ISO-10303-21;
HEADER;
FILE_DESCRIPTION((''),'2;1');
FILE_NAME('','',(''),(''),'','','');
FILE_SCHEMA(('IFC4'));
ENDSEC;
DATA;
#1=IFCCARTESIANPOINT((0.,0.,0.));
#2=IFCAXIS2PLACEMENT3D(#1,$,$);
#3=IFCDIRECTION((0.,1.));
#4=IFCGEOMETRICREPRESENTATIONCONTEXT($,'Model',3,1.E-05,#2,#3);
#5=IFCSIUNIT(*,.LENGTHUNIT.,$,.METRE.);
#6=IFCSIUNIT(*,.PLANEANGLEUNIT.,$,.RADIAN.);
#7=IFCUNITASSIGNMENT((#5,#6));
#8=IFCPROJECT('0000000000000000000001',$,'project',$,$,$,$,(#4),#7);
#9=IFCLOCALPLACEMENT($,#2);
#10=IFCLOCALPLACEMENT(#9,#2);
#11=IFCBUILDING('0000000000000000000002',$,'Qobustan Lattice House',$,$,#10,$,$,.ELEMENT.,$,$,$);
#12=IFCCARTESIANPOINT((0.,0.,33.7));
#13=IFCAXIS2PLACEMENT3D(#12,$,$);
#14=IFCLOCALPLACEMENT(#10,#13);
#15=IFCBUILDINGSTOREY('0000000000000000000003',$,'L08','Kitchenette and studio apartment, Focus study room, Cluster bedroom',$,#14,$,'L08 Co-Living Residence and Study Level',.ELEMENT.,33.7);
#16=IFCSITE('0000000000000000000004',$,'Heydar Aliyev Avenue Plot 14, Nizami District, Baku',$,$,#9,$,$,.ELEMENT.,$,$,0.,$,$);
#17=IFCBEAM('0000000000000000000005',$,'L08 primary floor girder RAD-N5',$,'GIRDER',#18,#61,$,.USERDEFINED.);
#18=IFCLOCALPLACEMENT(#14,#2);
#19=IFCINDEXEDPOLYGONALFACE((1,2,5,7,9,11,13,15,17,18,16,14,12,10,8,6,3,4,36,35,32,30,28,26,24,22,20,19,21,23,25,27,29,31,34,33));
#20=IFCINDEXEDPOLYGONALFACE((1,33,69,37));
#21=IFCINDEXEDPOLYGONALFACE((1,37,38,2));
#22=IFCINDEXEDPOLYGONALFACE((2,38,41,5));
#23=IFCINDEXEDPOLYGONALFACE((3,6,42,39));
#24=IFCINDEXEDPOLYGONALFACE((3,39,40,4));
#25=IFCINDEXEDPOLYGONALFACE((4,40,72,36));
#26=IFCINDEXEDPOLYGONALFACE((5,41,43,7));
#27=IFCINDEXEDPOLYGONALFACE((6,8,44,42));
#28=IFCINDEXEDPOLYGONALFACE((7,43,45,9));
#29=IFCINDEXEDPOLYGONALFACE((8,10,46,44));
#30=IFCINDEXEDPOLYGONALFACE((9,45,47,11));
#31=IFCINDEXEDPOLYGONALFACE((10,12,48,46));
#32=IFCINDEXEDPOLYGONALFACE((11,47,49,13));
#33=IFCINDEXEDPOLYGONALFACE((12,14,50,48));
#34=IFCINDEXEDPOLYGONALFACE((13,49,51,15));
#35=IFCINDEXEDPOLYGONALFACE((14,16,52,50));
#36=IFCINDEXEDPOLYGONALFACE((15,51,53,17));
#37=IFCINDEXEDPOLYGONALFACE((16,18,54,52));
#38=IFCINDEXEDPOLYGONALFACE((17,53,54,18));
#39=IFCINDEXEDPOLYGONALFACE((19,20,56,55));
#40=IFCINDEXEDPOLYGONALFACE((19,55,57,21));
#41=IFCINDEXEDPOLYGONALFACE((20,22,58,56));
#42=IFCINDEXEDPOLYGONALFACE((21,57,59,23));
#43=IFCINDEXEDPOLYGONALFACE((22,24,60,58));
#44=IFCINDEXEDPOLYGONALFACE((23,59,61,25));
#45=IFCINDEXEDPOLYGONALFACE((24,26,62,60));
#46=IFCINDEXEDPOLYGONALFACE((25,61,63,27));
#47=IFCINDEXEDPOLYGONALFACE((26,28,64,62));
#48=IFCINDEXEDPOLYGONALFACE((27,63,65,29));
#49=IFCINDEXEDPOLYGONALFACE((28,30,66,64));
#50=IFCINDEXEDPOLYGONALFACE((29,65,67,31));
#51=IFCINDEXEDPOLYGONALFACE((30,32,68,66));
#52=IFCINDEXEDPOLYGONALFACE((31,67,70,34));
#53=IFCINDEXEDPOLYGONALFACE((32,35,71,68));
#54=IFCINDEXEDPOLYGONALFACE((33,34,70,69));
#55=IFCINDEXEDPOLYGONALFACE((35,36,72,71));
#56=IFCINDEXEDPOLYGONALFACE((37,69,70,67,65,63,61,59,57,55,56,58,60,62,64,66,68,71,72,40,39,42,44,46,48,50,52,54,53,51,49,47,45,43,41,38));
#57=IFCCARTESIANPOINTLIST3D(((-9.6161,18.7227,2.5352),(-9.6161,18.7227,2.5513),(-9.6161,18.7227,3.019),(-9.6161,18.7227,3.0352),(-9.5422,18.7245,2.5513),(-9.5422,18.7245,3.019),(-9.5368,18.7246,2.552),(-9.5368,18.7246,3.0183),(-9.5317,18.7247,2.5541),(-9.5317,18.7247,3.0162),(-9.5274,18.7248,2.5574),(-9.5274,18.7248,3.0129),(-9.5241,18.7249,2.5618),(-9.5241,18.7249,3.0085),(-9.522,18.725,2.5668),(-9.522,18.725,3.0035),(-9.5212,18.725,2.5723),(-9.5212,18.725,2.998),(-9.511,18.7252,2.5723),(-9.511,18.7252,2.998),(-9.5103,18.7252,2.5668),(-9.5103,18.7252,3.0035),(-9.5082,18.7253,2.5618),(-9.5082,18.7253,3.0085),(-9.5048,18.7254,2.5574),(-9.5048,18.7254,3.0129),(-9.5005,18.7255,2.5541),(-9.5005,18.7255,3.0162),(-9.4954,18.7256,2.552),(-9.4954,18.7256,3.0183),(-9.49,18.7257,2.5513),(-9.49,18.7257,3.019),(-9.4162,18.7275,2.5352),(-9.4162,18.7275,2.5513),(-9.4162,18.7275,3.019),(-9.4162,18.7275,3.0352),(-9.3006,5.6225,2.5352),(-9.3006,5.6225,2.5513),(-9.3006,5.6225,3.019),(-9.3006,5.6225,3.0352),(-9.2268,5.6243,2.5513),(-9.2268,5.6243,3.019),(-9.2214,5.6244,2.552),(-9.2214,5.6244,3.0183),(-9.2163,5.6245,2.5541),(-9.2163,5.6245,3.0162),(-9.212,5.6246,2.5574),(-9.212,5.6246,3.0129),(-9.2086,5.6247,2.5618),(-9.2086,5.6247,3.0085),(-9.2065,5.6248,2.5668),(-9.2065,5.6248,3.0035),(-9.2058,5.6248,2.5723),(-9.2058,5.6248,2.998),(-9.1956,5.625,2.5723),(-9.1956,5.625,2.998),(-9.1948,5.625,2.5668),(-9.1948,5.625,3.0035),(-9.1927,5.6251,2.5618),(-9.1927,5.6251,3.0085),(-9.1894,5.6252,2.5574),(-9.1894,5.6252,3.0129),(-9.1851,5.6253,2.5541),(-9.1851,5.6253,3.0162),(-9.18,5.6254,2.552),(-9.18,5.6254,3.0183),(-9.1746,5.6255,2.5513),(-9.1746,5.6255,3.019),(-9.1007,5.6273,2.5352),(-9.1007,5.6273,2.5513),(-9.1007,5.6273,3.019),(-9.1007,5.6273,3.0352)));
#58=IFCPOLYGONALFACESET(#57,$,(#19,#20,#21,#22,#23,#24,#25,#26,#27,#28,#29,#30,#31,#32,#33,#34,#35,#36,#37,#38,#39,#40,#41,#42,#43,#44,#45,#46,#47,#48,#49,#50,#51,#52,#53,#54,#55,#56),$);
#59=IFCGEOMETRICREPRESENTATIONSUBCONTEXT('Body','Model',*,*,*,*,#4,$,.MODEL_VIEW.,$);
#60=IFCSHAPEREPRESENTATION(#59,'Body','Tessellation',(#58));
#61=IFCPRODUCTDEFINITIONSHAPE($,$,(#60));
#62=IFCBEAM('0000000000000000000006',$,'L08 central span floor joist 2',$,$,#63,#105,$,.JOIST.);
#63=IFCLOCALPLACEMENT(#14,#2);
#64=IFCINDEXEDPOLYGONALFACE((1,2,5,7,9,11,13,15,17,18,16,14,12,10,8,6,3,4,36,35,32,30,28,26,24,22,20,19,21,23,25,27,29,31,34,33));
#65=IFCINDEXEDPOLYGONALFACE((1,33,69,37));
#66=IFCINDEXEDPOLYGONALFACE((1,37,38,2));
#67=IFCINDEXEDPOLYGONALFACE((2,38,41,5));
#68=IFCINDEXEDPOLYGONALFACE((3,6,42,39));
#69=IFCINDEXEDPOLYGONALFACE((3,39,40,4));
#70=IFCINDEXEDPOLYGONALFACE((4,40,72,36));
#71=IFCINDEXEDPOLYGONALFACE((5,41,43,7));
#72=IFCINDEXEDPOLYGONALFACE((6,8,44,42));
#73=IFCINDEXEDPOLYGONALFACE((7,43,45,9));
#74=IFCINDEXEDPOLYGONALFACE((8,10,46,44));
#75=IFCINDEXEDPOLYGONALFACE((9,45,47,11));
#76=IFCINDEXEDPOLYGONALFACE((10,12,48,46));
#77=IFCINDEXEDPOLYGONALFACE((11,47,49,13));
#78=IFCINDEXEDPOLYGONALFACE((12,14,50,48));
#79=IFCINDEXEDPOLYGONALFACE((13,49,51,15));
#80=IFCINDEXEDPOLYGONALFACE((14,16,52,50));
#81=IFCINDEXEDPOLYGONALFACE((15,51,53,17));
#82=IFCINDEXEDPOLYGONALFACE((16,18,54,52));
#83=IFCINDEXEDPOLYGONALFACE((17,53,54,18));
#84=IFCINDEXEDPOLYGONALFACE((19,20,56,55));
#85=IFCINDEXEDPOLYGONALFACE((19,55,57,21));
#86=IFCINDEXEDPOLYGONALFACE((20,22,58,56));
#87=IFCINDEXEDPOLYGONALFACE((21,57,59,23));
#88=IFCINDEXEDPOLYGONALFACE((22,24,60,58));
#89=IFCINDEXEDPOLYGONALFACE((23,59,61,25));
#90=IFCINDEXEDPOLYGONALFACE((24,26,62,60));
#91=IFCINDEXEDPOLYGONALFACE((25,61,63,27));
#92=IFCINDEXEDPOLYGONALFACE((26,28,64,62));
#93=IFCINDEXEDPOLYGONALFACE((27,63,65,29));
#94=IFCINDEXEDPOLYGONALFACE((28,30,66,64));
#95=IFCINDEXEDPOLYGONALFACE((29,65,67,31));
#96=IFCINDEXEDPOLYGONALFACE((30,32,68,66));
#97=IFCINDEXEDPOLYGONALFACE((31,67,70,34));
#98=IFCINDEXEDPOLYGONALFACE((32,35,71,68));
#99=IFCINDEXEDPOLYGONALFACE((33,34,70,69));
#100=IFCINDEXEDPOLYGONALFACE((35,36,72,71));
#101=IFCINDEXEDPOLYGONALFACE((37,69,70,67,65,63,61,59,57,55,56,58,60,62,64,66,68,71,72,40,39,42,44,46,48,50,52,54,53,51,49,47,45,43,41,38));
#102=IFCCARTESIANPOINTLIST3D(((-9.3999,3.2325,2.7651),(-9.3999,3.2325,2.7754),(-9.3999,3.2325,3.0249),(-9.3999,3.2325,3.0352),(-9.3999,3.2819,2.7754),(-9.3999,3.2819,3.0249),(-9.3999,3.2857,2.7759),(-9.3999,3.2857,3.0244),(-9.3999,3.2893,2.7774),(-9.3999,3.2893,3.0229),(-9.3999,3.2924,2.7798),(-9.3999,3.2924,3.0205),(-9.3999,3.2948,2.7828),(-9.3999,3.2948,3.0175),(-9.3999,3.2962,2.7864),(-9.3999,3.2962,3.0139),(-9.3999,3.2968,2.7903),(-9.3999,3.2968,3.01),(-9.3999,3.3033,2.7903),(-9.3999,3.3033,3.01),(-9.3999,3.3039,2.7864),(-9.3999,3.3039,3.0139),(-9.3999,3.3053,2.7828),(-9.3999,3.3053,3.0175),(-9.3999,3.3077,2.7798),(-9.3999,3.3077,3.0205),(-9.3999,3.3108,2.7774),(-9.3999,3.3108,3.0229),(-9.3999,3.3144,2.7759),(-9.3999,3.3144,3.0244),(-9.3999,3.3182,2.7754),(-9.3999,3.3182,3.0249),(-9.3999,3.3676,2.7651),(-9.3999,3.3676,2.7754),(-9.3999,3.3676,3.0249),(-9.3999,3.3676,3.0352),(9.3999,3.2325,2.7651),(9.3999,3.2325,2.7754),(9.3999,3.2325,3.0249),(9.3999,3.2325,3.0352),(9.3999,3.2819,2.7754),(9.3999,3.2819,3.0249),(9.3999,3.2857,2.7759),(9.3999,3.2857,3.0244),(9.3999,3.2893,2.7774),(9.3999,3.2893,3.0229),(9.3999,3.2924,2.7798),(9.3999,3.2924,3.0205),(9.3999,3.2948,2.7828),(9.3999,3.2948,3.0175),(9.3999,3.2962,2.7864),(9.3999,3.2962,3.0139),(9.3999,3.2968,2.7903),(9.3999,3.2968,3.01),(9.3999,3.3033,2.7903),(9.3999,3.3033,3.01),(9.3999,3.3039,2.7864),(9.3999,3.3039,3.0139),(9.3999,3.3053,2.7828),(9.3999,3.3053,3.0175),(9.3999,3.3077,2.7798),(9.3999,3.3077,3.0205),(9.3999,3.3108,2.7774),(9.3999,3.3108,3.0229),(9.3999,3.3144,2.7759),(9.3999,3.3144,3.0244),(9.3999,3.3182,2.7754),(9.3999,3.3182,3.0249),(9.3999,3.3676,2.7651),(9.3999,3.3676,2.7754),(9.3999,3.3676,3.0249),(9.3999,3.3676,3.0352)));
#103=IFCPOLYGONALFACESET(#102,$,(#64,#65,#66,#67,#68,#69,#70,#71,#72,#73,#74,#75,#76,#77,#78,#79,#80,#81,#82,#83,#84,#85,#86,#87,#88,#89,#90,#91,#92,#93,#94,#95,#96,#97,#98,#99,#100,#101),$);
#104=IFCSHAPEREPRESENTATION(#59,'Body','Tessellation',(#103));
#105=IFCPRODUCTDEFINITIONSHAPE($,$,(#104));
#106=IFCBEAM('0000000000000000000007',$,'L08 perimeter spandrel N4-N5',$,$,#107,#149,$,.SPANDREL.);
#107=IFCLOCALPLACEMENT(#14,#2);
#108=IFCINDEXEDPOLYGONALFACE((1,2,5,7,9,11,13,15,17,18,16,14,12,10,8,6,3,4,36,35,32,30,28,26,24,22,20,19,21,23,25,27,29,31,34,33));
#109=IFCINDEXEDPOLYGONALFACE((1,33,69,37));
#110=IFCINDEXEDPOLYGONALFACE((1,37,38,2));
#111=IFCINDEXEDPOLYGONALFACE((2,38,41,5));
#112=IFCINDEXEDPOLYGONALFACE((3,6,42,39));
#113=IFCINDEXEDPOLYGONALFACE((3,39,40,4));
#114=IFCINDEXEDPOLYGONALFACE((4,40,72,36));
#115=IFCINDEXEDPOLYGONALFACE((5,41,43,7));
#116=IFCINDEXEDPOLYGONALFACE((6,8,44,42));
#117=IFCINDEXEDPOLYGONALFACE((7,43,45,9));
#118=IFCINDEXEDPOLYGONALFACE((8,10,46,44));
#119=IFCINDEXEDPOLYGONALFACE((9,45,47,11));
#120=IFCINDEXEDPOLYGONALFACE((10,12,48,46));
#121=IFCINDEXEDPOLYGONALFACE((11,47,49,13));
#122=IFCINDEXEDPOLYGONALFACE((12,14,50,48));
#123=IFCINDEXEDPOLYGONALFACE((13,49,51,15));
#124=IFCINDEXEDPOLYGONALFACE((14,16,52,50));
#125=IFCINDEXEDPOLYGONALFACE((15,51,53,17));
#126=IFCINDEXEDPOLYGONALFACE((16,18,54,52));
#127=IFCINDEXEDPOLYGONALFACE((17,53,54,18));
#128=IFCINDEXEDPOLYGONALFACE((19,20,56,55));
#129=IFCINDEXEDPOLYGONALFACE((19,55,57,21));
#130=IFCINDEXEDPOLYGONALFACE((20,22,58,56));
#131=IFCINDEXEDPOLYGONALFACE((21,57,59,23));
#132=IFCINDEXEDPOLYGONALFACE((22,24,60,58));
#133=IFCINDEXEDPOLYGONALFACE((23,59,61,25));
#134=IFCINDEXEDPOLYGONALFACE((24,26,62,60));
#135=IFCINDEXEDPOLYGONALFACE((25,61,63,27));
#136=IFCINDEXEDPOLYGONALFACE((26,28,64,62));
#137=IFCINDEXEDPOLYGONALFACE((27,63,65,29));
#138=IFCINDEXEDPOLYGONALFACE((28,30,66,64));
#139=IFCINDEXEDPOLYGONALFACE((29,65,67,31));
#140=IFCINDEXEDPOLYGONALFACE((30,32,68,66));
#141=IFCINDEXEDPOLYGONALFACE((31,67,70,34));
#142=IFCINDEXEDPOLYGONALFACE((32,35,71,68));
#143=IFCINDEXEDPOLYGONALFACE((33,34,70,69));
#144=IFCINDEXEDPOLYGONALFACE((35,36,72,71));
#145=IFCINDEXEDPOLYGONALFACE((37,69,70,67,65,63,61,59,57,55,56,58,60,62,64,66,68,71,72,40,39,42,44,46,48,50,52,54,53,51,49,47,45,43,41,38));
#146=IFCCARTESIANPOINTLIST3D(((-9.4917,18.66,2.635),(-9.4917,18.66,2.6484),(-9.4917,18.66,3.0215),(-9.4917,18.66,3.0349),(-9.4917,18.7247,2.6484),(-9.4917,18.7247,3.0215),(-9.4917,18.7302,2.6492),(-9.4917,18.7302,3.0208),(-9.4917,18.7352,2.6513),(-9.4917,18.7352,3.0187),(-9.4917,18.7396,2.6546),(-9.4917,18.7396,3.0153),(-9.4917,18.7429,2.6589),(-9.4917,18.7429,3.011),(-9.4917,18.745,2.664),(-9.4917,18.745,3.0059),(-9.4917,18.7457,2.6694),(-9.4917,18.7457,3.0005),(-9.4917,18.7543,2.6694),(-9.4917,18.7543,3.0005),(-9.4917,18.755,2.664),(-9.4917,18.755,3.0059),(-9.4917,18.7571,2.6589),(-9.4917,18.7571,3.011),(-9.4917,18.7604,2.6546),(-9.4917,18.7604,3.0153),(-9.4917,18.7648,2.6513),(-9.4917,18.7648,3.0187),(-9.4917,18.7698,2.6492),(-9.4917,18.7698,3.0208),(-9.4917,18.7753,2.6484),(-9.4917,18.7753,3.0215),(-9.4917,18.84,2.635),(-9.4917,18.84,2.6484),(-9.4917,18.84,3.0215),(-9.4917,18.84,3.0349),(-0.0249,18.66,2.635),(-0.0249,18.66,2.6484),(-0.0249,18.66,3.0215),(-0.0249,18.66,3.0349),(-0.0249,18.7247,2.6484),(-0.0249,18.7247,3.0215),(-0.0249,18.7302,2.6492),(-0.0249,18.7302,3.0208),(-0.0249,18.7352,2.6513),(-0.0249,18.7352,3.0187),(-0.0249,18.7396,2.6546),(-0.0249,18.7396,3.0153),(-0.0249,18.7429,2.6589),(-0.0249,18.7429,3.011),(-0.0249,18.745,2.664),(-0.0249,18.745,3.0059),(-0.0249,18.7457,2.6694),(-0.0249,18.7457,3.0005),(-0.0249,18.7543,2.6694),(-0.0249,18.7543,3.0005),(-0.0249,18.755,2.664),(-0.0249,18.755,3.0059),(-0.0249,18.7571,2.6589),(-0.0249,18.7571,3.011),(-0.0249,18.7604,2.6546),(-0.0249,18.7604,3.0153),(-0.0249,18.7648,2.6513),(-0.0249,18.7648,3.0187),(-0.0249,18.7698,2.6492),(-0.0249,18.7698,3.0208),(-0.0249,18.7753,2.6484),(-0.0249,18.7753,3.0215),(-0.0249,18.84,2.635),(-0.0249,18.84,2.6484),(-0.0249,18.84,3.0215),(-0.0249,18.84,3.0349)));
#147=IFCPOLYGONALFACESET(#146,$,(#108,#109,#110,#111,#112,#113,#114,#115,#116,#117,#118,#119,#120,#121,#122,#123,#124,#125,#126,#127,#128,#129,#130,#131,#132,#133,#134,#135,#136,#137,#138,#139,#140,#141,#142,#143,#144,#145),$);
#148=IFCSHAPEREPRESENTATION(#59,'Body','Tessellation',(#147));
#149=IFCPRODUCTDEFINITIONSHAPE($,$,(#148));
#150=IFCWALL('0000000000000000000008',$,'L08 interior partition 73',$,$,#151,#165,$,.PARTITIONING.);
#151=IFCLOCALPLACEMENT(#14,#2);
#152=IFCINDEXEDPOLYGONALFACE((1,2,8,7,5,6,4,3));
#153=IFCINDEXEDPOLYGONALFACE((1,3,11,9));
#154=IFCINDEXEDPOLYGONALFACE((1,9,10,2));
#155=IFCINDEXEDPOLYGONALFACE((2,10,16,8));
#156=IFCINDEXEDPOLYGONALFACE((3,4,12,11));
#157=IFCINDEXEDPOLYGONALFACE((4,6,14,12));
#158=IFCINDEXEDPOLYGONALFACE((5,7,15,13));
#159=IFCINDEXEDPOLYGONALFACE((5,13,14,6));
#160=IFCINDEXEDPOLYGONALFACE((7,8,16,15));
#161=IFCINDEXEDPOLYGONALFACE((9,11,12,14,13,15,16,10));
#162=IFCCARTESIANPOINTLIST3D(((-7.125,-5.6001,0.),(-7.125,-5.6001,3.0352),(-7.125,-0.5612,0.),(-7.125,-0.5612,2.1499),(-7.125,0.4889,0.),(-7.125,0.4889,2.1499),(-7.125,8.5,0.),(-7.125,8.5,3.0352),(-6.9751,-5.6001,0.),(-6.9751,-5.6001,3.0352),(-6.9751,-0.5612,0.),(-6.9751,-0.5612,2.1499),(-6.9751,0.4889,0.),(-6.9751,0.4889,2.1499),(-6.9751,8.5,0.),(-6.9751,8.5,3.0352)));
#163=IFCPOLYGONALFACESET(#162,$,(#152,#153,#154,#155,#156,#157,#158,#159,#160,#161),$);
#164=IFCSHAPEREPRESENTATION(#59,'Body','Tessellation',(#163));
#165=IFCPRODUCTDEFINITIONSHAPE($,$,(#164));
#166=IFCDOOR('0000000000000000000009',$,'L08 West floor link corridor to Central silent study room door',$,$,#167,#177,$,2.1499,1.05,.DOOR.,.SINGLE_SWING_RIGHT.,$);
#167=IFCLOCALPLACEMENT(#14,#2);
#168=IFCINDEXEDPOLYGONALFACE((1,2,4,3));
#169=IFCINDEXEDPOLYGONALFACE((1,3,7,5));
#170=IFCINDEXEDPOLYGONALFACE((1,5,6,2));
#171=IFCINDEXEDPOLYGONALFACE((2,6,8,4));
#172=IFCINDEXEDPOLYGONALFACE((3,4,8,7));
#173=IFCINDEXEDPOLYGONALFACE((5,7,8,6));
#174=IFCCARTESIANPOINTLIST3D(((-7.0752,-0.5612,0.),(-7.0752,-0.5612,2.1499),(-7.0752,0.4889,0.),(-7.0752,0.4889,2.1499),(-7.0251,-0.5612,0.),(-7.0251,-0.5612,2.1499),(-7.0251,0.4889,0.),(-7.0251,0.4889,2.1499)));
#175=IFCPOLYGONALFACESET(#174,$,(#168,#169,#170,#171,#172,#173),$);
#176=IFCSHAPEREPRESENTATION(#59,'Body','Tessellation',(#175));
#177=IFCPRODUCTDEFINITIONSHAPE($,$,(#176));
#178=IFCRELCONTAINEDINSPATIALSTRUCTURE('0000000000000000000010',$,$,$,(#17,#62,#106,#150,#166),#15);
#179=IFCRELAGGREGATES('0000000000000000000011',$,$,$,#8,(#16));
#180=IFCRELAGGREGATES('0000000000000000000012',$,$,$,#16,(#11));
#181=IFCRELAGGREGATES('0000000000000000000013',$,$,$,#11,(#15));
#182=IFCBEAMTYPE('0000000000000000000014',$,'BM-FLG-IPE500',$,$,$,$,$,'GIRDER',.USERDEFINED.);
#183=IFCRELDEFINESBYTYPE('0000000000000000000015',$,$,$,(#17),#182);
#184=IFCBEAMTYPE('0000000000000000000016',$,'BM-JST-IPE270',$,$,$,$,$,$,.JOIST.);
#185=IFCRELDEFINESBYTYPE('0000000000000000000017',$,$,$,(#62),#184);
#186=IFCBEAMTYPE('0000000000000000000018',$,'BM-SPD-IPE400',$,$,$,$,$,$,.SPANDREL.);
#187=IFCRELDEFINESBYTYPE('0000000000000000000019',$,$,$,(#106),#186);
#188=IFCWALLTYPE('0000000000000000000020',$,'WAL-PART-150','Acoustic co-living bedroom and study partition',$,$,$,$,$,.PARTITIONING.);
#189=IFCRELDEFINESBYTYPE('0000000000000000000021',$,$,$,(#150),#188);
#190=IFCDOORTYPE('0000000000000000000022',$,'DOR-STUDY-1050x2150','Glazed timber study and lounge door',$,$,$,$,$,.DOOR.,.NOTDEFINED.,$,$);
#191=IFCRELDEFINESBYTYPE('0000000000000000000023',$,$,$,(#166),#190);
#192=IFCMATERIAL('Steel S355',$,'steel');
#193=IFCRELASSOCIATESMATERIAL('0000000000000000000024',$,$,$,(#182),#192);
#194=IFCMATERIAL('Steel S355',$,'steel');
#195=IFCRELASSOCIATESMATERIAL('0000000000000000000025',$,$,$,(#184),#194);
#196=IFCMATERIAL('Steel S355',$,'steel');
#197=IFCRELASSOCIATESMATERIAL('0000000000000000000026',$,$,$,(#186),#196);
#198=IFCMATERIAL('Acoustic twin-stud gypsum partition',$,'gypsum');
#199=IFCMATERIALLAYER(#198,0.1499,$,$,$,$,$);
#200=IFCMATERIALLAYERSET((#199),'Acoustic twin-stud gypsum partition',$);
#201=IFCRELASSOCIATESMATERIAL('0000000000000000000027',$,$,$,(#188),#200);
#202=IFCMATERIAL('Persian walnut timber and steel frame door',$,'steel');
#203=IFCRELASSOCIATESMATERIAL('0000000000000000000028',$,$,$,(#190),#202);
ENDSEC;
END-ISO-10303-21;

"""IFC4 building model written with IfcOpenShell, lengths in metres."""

from ifc_helpers import new_model, si_unit, direction, frame, frame_2d, origin, origin_2d, place, context, subcontext, project, spatial, rectangle, i_section, extrude, material, layer, layer_set, material_profile, profile_set, type_object, element, fill, save


model = new_model("IFC4")

# Units and contexts
model_context = context("Model", 3, precision=1e-05, world=origin(), true_north=direction((0.0, 1.0)))
body_context = subcontext(model_context, "Body", "Model", "MODEL_VIEW")
ifc_project = project(units=[si_unit("LENGTHUNIT", "METRE"), si_unit("PLANEANGLEUNIT", "RADIAN")], contexts=[model_context])

# Site, building, storey
site_placement = place(None, origin())
site = spatial("IfcSite", under=ifc_project, at=site_placement, Name="Heydar Aliyev Avenue Plot 14, Nizami District, Baku", CompositionType="ELEMENT", RefElevation=0.0)
building_placement = place(site_placement, origin())
building = spatial("IfcBuilding", under=site, at=building_placement, Name="Qobustan Lattice House", CompositionType="ELEMENT")
storey_placement = place(building_placement, frame((0.0, 0.0, 33.7)))
storey = spatial("IfcBuildingStorey", under=building, at=storey_placement, Name="L08", Description="Kitchenette and studio apartment, Focus study room, Cluster bedroom", LongName="L08 Co-Living Residence and Study Level", CompositionType="ELEMENT", Elevation=33.7)

# Beams
ifc_material_1 = material(Name="Steel S355", Category="steel")
ifc_material_profile_1 = material_profile(ifc_material_1, i_section(OverallWidth=0.2, OverallDepth=0.5, WebThickness=0.0103, FlangeThickness=0.0161, FilletRadius=0.021, at=origin_2d()), Name="IPE500")
ifc_profile_set_1 = profile_set([ifc_material_profile_1], Name="Steel S355")
beam_type_1 = type_object("IfcBeamType", Name="BM-FLG-IPE500", ElementType="GIRDER", PredefinedType="USERDEFINED", material=ifc_profile_set_1)
beam_1_placement = place(storey_placement, frame((-9.5161, 18.7251, 2.7852), z_axis=(0.024071, -0.99971, 0.0), x_axis=(0.99971, 0.024071, 0.0)))
element("IfcBeam", 1, at=beam_1_placement, inside=storey, type_object=beam_type_1, Name="L08 primary floor girder RAD-N5", ObjectType="GIRDER", PredefinedType="USERDEFINED", context=body_context, shape_type="SweptSolid", body=[
    extrude(i_section(OverallWidth=0.2, OverallDepth=0.5, WebThickness=0.0103, FlangeThickness=0.0161, FilletRadius=0.021, at=origin_2d()), origin(), (0.0, 0.0, 1.0), 13.104),
])
ifc_material_2 = material(Name="Steel S355", Category="steel")
ifc_material_profile_2 = material_profile(ifc_material_2, i_section(OverallWidth=0.135, OverallDepth=0.27, WebThickness=0.0066, FlangeThickness=0.0103, FilletRadius=0.0149, at=origin_2d()), Name="IPE270")
ifc_profile_set_2 = profile_set([ifc_material_profile_2], Name="Steel S355")
beam_type_2 = type_object("IfcBeamType", Name="BM-JST-IPE270", PredefinedType="JOIST", material=ifc_profile_set_2)
beam_2_placement = place(storey_placement, frame((-9.3999, 3.3, 2.9001), z_axis=(1.0, 0.0, 0.0), x_axis=(0.0, 1.0, 0.0)))
element("IfcBeam", 2, at=beam_2_placement, inside=storey, type_object=beam_type_2, Name="L08 central span floor joist 2", PredefinedType="JOIST", context=body_context, shape_type="SweptSolid", body=[
    extrude(i_section(OverallWidth=0.135, OverallDepth=0.27, WebThickness=0.0066, FlangeThickness=0.0103, FilletRadius=0.0149, at=origin_2d()), origin(), (0.0, 0.0, 1.0), 18.7998),
])
ifc_material_3 = material(Name="Steel S355", Category="steel")
ifc_material_profile_3 = material_profile(ifc_material_3, i_section(OverallWidth=0.1799, OverallDepth=0.3999, WebThickness=0.0085, FlangeThickness=0.0134, FilletRadius=0.021, at=origin_2d()), Name="IPE400")
ifc_profile_set_3 = profile_set([ifc_material_profile_3], Name="Steel S355")
beam_type_3 = type_object("IfcBeamType", Name="BM-SPD-IPE400", PredefinedType="SPANDREL", material=ifc_profile_set_3)
beam_3_placement = place(storey_placement, frame((-0.0249, 18.75, 2.835), z_axis=(-1.0, 0.0, 0.0), x_axis=(0.0, -1.0, 0.0)))
element("IfcBeam", 3, at=beam_3_placement, inside=storey, type_object=beam_type_3, Name="L08 perimeter spandrel N4-N5", PredefinedType="SPANDREL", context=body_context, shape_type="SweptSolid", body=[
    extrude(i_section(OverallWidth=0.1799, OverallDepth=0.3999, WebThickness=0.0085, FlangeThickness=0.0134, FilletRadius=0.021, at=origin_2d()), origin(), (0.0, 0.0, 1.0), 9.4668),
])

# Wall, opening, door
ifc_material_4 = material(Name="Acoustic twin-stud gypsum partition", Category="gypsum")
ifc_layer_1 = layer(ifc_material_4, 0.1499)
ifc_layer_set_1 = layer_set([ifc_layer_1], Name="Acoustic twin-stud gypsum partition")
wall_type_1 = type_object("IfcWallType", Name="WAL-PART-150", Description="Acoustic co-living bedroom and study partition", PredefinedType="PARTITIONING", material=ifc_layer_set_1)
wall_1_placement = place(storey_placement, frame((-7.05, 8.5, 0.0), z_axis=(0.0, 0.0, 1.0), x_axis=(0.0, -1.0, 0.0)))
wall_1 = element("IfcWall", 4, at=wall_1_placement, inside=storey, type_object=wall_type_1, Name="L08 interior partition 73", PredefinedType="PARTITIONING", context=body_context, shape_type="SweptSolid", body=[
    extrude(rectangle(XDim=14.1001, YDim=0.1499, at=frame_2d((7.05, 0.0))), origin(), (0.0, 0.0, 1.0), 3.0352),
])
opening_1_placement = place(wall_1_placement, frame((8.0112, 0.0, 0.0)))
opening_1 = element("IfcOpeningElement", 5, at=opening_1_placement, cuts=wall_1, PredefinedType="OPENING", context=body_context, shape_type="SweptSolid", body=[
    extrude(rectangle(XDim=1.05, YDim=2.1499, at=frame_2d((0.5249, 1.075))), frame((0.0, 0.085, 0.0), z_axis=(0.0, -1.0, 0.0), x_axis=(1.0, 0.0, 0.0)), (0.0, 0.0, 1.0), 0.1699),
])
ifc_material_5 = material(Name="Persian walnut timber and steel frame door", Category="steel")
door_type_1 = type_object("IfcDoorType", Name="DOR-STUDY-1050x2150", Description="Glazed timber study and lounge door", OperationType="NOTDEFINED", PredefinedType="DOOR", material=ifc_material_5)
door_1_placement = place(opening_1_placement, origin())
door_1 = element("IfcDoor", 6, at=door_1_placement, inside=storey, type_object=door_type_1, Name="L08 West floor link corridor to Central silent study room door", OperationType="SINGLE_SWING_RIGHT", OverallHeight=2.1499, OverallWidth=1.05, PredefinedType="DOOR", context=body_context, shape_type="SweptSolid", body=[
    extrude(rectangle(XDim=1.05, YDim=2.1499, at=frame_2d((0.5249, 1.075))), frame((0.0, 0.0249, 0.0), z_axis=(0.0, -1.0, 0.0), x_axis=(1.0, 0.0, 0.0)), (0.0, 0.0, 1.0), 0.05),
])
fill(opening_1, door_1)

save(model, "model.ifc")
